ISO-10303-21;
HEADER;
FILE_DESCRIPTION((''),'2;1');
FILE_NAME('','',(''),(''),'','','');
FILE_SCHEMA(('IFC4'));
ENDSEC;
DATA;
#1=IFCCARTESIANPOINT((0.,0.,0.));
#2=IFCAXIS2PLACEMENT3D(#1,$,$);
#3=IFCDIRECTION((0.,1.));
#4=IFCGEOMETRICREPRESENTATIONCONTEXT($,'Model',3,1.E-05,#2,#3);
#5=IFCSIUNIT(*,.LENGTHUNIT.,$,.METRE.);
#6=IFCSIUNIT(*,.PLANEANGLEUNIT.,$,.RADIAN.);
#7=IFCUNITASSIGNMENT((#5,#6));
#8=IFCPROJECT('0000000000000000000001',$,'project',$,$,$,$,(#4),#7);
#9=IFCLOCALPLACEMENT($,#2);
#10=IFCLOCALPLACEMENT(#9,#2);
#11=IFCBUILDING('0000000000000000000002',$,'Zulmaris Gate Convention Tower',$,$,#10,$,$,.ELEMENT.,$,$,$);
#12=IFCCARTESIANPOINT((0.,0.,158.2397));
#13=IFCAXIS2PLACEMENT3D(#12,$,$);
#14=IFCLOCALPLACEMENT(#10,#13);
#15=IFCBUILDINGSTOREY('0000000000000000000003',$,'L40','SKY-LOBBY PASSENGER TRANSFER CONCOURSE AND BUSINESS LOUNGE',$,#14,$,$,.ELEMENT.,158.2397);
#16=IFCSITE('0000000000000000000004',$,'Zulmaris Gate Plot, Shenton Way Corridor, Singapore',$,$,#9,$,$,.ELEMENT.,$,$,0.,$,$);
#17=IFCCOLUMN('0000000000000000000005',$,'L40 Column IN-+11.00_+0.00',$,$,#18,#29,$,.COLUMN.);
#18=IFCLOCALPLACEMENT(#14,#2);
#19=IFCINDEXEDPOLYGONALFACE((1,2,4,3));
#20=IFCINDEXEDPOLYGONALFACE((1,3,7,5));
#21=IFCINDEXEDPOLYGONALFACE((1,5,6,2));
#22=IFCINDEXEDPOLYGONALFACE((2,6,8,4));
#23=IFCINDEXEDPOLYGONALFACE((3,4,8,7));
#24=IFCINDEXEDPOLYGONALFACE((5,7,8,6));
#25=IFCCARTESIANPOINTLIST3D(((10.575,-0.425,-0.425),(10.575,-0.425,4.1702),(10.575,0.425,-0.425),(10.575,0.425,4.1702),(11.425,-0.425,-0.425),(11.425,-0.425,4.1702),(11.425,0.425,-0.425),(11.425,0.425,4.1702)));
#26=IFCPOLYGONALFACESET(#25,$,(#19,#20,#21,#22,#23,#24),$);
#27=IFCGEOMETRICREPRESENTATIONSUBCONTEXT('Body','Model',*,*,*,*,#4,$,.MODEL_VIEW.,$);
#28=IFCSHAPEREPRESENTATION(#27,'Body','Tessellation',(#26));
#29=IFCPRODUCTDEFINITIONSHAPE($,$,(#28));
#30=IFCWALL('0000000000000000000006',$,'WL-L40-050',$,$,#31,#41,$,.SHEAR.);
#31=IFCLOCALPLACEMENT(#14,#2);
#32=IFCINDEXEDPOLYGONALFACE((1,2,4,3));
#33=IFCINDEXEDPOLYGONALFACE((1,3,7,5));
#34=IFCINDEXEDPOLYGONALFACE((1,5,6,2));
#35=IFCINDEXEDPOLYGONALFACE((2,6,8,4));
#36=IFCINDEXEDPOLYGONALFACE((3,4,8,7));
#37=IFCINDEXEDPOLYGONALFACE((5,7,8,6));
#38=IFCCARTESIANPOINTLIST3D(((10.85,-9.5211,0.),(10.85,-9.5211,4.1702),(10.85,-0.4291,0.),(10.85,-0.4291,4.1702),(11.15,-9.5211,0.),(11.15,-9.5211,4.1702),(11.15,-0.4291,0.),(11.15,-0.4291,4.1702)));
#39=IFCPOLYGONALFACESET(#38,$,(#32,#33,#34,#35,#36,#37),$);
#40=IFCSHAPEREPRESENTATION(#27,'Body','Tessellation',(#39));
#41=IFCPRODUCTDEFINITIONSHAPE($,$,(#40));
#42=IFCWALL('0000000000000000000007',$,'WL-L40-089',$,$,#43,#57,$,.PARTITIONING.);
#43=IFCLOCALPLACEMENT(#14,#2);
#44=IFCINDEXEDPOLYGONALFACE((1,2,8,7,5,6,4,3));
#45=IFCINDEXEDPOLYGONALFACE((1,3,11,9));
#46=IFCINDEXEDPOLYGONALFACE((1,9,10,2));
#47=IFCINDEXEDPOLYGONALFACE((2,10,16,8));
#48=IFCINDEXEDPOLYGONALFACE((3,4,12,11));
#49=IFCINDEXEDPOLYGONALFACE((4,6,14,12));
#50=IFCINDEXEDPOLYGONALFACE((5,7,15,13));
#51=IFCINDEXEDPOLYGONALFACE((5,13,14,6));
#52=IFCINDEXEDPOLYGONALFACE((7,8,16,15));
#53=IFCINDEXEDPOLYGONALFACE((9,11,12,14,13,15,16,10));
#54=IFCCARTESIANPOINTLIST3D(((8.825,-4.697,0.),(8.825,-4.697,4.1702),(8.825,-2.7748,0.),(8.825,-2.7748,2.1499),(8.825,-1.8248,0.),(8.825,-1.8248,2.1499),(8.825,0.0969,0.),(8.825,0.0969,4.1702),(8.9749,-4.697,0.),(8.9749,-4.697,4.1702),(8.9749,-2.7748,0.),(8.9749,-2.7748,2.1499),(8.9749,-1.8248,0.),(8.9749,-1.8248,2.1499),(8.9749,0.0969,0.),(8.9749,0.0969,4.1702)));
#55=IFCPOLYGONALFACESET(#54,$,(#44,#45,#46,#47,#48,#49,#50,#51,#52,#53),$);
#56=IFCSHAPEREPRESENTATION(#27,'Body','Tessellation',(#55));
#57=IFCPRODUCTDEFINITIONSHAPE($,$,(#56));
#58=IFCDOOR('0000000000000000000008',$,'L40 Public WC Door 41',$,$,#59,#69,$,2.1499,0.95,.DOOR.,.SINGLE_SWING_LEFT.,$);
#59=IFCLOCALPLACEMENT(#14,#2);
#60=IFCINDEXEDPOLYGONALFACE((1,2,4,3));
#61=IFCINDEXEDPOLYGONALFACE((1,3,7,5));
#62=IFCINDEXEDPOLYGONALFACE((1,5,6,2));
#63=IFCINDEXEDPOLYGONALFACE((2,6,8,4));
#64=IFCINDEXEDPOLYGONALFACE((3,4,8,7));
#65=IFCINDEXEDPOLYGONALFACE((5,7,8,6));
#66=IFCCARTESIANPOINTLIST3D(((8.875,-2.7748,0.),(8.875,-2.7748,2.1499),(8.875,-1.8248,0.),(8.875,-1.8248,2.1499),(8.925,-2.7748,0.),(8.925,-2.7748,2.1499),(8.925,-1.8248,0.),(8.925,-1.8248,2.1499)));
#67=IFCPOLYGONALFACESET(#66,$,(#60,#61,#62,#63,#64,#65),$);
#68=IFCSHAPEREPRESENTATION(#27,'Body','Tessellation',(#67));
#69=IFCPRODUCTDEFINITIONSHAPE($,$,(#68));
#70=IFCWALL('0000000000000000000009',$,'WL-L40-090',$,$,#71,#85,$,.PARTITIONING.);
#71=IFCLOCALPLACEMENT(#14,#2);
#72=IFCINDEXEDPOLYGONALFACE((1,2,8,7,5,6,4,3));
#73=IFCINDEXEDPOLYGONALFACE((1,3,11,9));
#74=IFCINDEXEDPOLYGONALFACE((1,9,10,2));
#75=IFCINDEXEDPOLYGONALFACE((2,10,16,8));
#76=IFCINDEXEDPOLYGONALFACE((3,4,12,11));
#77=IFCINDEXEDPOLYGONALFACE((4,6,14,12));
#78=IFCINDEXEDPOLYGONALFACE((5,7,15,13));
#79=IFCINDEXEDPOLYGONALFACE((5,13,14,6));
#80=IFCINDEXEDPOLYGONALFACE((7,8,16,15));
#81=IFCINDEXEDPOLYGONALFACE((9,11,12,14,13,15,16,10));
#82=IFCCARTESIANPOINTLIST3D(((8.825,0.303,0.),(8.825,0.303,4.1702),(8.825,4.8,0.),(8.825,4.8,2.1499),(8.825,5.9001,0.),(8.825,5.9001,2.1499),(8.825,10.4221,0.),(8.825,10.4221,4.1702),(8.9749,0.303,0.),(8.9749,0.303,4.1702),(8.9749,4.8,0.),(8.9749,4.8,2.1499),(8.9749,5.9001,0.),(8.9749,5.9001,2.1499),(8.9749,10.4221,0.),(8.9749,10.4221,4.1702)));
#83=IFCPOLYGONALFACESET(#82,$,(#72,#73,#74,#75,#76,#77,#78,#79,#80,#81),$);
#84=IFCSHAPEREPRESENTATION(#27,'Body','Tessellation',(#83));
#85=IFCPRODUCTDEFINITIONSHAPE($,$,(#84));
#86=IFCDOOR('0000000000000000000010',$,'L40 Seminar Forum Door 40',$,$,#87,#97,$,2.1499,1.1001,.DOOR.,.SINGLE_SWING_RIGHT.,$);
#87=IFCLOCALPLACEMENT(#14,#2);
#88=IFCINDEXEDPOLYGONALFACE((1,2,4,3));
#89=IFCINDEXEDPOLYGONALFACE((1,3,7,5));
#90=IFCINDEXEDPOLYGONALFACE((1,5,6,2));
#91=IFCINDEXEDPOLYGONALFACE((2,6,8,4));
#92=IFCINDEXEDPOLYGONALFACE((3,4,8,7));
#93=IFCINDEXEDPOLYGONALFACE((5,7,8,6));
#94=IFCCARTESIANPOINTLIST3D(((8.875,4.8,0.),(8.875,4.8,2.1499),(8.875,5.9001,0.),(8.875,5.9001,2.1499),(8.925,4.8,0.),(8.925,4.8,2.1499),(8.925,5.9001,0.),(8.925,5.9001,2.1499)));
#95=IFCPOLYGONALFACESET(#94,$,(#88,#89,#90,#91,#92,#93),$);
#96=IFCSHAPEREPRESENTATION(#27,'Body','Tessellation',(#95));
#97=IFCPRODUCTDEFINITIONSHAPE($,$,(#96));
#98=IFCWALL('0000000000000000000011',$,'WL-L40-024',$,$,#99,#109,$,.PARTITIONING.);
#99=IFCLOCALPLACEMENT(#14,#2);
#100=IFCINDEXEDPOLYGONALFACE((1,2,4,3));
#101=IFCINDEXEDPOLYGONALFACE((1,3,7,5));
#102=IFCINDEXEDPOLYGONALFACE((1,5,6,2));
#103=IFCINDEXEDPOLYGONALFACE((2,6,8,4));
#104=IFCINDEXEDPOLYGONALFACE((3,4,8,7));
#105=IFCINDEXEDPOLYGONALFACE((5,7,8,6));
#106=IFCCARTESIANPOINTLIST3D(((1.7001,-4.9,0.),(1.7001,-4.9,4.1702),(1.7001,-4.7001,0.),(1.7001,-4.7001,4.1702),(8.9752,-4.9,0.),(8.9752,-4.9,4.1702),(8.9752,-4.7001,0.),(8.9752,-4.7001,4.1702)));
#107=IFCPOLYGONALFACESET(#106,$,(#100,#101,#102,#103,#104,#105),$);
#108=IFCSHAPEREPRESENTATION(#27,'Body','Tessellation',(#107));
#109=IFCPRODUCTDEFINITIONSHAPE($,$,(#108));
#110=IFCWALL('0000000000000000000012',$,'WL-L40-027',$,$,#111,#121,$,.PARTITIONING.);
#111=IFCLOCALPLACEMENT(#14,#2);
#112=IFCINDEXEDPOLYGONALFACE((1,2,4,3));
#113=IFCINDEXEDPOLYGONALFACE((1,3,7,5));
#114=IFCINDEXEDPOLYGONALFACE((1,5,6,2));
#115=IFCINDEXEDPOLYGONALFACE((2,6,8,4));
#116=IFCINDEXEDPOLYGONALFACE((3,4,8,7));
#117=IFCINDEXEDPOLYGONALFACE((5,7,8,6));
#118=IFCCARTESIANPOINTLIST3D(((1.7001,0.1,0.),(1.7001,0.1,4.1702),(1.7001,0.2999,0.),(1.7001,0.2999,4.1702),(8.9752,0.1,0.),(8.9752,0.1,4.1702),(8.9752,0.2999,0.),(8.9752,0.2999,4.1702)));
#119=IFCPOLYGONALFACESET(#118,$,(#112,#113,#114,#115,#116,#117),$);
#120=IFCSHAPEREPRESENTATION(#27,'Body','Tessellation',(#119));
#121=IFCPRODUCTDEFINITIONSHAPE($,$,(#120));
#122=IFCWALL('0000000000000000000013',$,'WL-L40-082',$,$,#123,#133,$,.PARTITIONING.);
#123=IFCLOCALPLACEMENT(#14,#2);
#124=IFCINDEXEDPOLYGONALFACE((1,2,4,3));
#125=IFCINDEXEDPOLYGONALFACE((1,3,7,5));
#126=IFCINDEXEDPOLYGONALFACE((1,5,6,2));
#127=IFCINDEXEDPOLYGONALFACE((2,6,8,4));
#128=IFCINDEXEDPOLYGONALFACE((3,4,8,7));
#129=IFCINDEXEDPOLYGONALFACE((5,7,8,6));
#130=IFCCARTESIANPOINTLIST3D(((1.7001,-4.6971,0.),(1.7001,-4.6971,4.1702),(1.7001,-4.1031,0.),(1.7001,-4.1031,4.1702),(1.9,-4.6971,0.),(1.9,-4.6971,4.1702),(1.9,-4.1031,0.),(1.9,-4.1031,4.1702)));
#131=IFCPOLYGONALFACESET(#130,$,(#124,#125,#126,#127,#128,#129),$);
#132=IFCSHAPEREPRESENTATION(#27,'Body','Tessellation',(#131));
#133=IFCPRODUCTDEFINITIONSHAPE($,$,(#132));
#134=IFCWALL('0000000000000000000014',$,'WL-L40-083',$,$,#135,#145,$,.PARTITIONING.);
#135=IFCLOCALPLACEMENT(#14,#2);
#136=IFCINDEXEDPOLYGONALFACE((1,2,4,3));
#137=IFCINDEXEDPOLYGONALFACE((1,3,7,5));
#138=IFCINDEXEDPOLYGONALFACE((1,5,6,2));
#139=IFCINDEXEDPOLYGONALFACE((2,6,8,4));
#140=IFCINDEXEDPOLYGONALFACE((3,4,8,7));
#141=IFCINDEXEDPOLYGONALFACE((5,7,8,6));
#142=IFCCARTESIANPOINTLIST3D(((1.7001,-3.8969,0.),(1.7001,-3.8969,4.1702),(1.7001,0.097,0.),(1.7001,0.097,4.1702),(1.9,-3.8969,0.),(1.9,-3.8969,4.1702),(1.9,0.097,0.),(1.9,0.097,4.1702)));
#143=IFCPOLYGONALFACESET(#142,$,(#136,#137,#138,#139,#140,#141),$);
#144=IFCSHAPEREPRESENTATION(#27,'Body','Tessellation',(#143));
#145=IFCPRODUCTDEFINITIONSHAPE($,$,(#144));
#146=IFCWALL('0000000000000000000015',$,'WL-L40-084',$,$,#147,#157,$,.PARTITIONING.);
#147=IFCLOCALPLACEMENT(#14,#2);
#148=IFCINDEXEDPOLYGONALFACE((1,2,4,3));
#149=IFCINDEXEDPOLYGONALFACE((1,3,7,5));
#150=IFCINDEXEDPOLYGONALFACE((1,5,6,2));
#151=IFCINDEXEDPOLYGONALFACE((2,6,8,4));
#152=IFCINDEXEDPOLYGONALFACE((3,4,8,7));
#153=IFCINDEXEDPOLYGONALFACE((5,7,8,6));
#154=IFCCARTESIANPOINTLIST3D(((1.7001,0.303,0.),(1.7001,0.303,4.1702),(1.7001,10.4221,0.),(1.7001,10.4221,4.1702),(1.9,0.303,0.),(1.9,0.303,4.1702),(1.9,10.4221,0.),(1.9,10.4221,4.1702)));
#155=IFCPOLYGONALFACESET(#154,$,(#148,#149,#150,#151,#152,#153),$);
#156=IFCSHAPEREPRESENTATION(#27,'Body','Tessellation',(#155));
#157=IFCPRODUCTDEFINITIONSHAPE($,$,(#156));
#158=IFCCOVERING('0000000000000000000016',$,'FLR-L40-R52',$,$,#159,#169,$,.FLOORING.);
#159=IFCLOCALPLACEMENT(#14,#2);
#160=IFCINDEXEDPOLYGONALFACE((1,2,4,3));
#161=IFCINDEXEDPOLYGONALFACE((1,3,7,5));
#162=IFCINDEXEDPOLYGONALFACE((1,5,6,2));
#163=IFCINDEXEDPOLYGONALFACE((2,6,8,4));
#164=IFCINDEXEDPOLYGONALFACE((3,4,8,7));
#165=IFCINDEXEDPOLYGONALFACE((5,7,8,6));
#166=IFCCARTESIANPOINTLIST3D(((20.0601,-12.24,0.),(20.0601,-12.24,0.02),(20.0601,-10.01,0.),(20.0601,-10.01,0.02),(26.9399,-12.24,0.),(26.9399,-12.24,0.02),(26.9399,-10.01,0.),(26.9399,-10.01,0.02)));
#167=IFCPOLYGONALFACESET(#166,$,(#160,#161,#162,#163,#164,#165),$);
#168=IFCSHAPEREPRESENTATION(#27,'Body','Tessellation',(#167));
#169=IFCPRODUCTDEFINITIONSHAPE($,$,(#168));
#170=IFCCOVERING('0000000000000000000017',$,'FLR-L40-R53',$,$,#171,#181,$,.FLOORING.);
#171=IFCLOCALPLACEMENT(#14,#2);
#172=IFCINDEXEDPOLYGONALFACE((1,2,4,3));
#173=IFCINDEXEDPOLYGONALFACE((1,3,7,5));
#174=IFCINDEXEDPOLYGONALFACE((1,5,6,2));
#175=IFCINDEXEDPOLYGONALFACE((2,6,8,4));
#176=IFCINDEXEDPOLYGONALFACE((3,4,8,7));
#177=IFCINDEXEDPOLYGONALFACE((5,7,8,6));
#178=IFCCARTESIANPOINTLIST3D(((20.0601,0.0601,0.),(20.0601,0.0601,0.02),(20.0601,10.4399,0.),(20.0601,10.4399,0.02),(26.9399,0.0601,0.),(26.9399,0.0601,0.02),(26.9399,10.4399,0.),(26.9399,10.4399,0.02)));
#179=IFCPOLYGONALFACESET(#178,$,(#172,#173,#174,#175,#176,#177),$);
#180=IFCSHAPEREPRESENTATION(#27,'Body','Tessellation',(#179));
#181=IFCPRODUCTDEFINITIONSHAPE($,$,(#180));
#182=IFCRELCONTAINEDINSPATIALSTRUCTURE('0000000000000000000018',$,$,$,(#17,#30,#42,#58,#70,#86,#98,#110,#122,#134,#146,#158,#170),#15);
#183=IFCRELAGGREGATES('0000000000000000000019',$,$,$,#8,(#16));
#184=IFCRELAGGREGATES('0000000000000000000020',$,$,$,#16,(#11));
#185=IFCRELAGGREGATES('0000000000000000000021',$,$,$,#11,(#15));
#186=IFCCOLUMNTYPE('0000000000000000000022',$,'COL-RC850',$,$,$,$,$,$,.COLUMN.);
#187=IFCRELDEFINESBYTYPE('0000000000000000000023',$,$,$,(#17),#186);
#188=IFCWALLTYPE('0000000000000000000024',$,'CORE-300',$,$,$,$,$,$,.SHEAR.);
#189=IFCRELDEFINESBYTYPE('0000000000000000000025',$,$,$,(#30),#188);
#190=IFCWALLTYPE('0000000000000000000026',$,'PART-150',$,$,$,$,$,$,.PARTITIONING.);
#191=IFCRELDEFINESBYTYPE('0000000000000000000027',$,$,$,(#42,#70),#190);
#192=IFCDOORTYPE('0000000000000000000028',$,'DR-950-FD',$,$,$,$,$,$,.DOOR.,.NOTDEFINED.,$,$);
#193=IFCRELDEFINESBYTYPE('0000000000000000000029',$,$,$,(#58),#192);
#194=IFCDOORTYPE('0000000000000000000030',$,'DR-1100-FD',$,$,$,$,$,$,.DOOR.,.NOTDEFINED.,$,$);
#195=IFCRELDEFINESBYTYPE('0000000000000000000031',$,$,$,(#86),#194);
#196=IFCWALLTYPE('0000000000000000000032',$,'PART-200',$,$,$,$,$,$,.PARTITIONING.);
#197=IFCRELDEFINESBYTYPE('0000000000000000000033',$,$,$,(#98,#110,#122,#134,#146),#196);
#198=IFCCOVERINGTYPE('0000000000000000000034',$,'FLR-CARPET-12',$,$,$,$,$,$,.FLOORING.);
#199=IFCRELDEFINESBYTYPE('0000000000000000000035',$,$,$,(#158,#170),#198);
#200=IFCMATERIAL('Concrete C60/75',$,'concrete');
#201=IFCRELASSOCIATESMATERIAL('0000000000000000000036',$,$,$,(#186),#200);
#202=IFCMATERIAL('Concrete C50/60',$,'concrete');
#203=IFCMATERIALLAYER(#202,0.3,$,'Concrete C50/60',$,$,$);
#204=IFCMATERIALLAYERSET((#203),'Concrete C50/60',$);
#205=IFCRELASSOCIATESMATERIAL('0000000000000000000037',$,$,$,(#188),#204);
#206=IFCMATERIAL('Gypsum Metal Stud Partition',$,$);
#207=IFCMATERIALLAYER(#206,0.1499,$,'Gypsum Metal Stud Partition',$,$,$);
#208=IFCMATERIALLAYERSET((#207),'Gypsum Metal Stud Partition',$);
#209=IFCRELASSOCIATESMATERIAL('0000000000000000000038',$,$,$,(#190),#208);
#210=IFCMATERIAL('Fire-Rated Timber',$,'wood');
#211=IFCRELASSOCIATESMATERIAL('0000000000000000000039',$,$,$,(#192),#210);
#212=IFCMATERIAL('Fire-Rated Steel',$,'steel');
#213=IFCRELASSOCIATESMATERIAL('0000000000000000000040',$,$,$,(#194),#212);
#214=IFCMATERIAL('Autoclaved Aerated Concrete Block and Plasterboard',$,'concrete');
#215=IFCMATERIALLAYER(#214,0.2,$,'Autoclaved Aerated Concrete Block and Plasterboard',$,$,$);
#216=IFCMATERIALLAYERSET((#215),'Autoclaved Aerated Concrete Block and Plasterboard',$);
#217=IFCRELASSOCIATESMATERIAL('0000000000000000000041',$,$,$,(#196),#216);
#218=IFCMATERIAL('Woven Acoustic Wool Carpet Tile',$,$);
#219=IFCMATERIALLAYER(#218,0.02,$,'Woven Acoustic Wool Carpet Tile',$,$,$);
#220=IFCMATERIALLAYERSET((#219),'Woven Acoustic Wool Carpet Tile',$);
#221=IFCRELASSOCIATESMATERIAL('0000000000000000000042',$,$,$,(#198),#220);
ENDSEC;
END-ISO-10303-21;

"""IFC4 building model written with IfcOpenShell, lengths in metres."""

from ifc_helpers import new_model, si_unit, direction, frame, frame_2d, origin, origin_2d, place, context, subcontext, project, spatial, polyline, rectangle, outline, extrude, material, layer, layer_set, material_profile, profile_set, type_object, element, fill, save


model = new_model("IFC4")

# Units and contexts
model_context = context("Model", 3, precision=1e-05, world=origin(), true_north=direction((0.0, 1.0)))
body_context = subcontext(model_context, "Body", "Model", "MODEL_VIEW")
ifc_project = project(units=[si_unit("LENGTHUNIT", "METRE"), si_unit("PLANEANGLEUNIT", "RADIAN")], contexts=[model_context])

# Site, building, storey
site_placement = place(None, origin())
site = spatial("IfcSite", under=ifc_project, at=site_placement, Name="Zulmaris Gate Plot, Shenton Way Corridor, Singapore", CompositionType="ELEMENT", RefElevation=0.0)
building_placement = place(site_placement, origin())
building = spatial("IfcBuilding", under=site, at=building_placement, Name="Zulmaris Gate Convention Tower", CompositionType="ELEMENT")
storey_placement = place(building_placement, frame((0.0, 0.0, 158.2397)))
storey = spatial("IfcBuildingStorey", under=building, at=storey_placement, Name="L40", Description="SKY-LOBBY PASSENGER TRANSFER CONCOURSE AND BUSINESS LOUNGE", CompositionType="ELEMENT", Elevation=158.2397)

# Column
ifc_material_1 = material(Name="Concrete C60/75", Category="concrete")
ifc_material_profile = material_profile(ifc_material_1, rectangle(XDim=0.8501, YDim=0.8501, at=origin_2d()), Name="RC COL 850x850")
ifc_profile_set = profile_set([ifc_material_profile], Name="Concrete C60/75")
column_type = type_object("IfcColumnType", Name="COL-RC850", PredefinedType="COLUMN", material=ifc_profile_set)
column_placement = place(storey_placement, frame((11.0, 0.0, -0.425), z_axis=(0.0, 0.0, 1.0), x_axis=(1.0, 0.0, 0.0)))
element("IfcColumn", 1, at=column_placement, inside=storey, type_object=column_type, Name="L40 Column IN-+11.00_+0.00", PredefinedType="COLUMN", context=body_context, shape_type="SweptSolid", body=[
    extrude(rectangle(XDim=0.8501, YDim=0.8501, at=origin_2d()), origin(), (0.0, 0.0, 1.0), 4.5952),
])

# Wall
ifc_material_2 = material(Name="Concrete C50/60", Category="concrete")
ifc_layer_1 = layer(ifc_material_2, 0.3, Name="Concrete C50/60")
ifc_layer_set_1 = layer_set([ifc_layer_1], Name="Concrete C50/60")
wall_type_1 = type_object("IfcWallType", Name="CORE-300", PredefinedType="SHEAR", material=ifc_layer_set_1)
wall_1_placement = place(storey_placement, frame((11.0, -9.521, 0.0), z_axis=(0.0, 0.0, 1.0), x_axis=(0.0, 1.0, 0.0)))
element("IfcWall", 2, at=wall_1_placement, inside=storey, type_object=wall_type_1, Name="WL-L40-050", PredefinedType="SHEAR", context=body_context, shape_type="SweptSolid", body=[
    extrude(rectangle(XDim=9.092, YDim=0.3, at=frame_2d((4.5459, 0.0))), origin(), (0.0, 0.0, 1.0), 4.1702),
])

# Walls, openings, doors
ifc_material_3 = material(Name="Gypsum Metal Stud Partition")
ifc_layer_2 = layer(ifc_material_3, 0.1499, Name="Gypsum Metal Stud Partition")
ifc_layer_set_2 = layer_set([ifc_layer_2], Name="Gypsum Metal Stud Partition")
wall_type_2 = type_object("IfcWallType", Name="PART-150", PredefinedType="PARTITIONING", material=ifc_layer_set_2)
wall_2_placement = place(storey_placement, frame((8.8999, -4.697, 0.0), z_axis=(0.0, 0.0, 1.0), x_axis=(0.0, 1.0, 0.0)))
wall_2 = element("IfcWall", 3, at=wall_2_placement, inside=storey, type_object=wall_type_2, Name="WL-L40-089", PredefinedType="PARTITIONING", context=body_context, shape_type="SweptSolid", body=[
    extrude(rectangle(XDim=4.7939, YDim=0.1499, at=frame_2d((2.397, 0.0))), origin(), (0.0, 0.0, 1.0), 4.1702),
])
opening_1_placement = place(wall_2_placement, frame((1.9221, 0.0, 0.0)))
opening_1 = element("IfcOpeningElement", 4, at=opening_1_placement, cuts=wall_2, PredefinedType="OPENING", context=body_context, shape_type="SweptSolid", body=[
    extrude(rectangle(XDim=0.95, YDim=2.1499, at=frame_2d((0.4751, 1.075))), frame((0.0, 0.085, 0.0), z_axis=(0.0, -1.0, 0.0), x_axis=(1.0, 0.0, 0.0)), (0.0, 0.0, 1.0), 0.1699),
])
ifc_material_4 = material(Name="Fire-Rated Timber", Category="wood")
door_type_1 = type_object("IfcDoorType", Name="DR-950-FD", OperationType="NOTDEFINED", PredefinedType="DOOR", material=ifc_material_4)
door_1_placement = place(opening_1_placement, origin())
door_1 = element("IfcDoor", 5, at=door_1_placement, inside=storey, type_object=door_type_1, Name="L40 Public WC Door 41", OperationType="SINGLE_SWING_LEFT", OverallHeight=2.1499, OverallWidth=0.95, PredefinedType="DOOR", context=body_context, shape_type="SweptSolid", body=[
    extrude(rectangle(XDim=0.95, YDim=2.1499, at=frame_2d((0.4751, 1.075))), frame((0.0, 0.0249, 0.0), z_axis=(0.0, -1.0, 0.0), x_axis=(1.0, 0.0, 0.0)), (0.0, 0.0, 1.0), 0.05),
])
fill(opening_1, door_1)
wall_3_placement = place(storey_placement, frame((8.8999, 0.303, 0.0), z_axis=(0.0, 0.0, 1.0), x_axis=(0.0, 1.0, 0.0)))
wall_3 = element("IfcWall", 6, at=wall_3_placement, inside=storey, type_object=wall_type_2, Name="WL-L40-090", PredefinedType="PARTITIONING", context=body_context, shape_type="SweptSolid", body=[
    extrude(rectangle(XDim=10.1191, YDim=0.1499, at=frame_2d((5.0596, 0.0))), origin(), (0.0, 0.0, 1.0), 4.1702),
])
opening_2_placement = place(wall_3_placement, frame((4.4971, 0.0, 0.0)))
opening_2 = element("IfcOpeningElement", 7, at=opening_2_placement, cuts=wall_3, PredefinedType="OPENING", context=body_context, shape_type="SweptSolid", body=[
    extrude(rectangle(XDim=1.1001, YDim=2.1499, at=frame_2d((0.55, 1.075))), frame((0.0, 0.085, 0.0), z_axis=(0.0, -1.0, 0.0), x_axis=(1.0, 0.0, 0.0)), (0.0, 0.0, 1.0), 0.1699),
])
ifc_material_5 = material(Name="Fire-Rated Steel", Category="steel")
door_type_2 = type_object("IfcDoorType", Name="DR-1100-FD", OperationType="NOTDEFINED", PredefinedType="DOOR", material=ifc_material_5)
door_2_placement = place(opening_2_placement, origin())
door_2 = element("IfcDoor", 8, at=door_2_placement, inside=storey, type_object=door_type_2, Name="L40 Seminar Forum Door 40", OperationType="SINGLE_SWING_RIGHT", OverallHeight=2.1499, OverallWidth=1.1001, PredefinedType="DOOR", context=body_context, shape_type="SweptSolid", body=[
    extrude(rectangle(XDim=1.1001, YDim=2.1499, at=frame_2d((0.55, 1.075))), frame((0.0, 0.0249, 0.0), z_axis=(0.0, -1.0, 0.0), x_axis=(1.0, 0.0, 0.0)), (0.0, 0.0, 1.0), 0.05),
])
fill(opening_2, door_2)

# Walls
ifc_material_6 = material(Name="Autoclaved Aerated Concrete Block and Plasterboard", Category="concrete")
ifc_layer_3 = layer(ifc_material_6, 0.2, Name="Autoclaved Aerated Concrete Block and Plasterboard")
ifc_layer_set_3 = layer_set([ifc_layer_3], Name="Autoclaved Aerated Concrete Block and Plasterboard")
wall_type_3 = type_object("IfcWallType", Name="PART-200", PredefinedType="PARTITIONING", material=ifc_layer_set_3)
for number, where, z_axis, x_axis, name in (
    (9, (1.7, -4.8, 0.0), (0.0, 0.0, 1.0), (1.0, 0.0, 0.0), "WL-L40-024"),
    (10, (1.7, 0.2, 0.0), (0.0, 0.0, 1.0), (1.0, 0.0, 0.0), "WL-L40-027"),
):
    element("IfcWall", number, at=place(storey_placement, frame(where, z_axis=z_axis, x_axis=x_axis)), inside=storey, type_object=wall_type_3, Name=name, PredefinedType="PARTITIONING", context=body_context, shape_type="SweptSolid", body=[
        extrude(rectangle(XDim=7.2751, YDim=0.2, at=frame_2d((3.6377, 0.0))), origin(), (0.0, 0.0, 1.0), 4.1702),
    ])
wall_4_placement = place(storey_placement, frame((1.8, -4.697, 0.0), z_axis=(0.0, 0.0, 1.0), x_axis=(0.0, 1.0, 0.0)))
element("IfcWall", 11, at=wall_4_placement, inside=storey, type_object=wall_type_3, Name="WL-L40-082", PredefinedType="PARTITIONING", context=body_context, shape_type="SweptSolid", body=[
    extrude(rectangle(XDim=0.594, YDim=0.2, at=frame_2d((0.2969, 0.0))), origin(), (0.0, 0.0, 1.0), 4.1702),
])
wall_5_placement = place(storey_placement, frame((1.8, -3.897, 0.0), z_axis=(0.0, 0.0, 1.0), x_axis=(0.0, 1.0, 0.0)))
element("IfcWall", 12, at=wall_5_placement, inside=storey, type_object=wall_type_3, Name="WL-L40-083", PredefinedType="PARTITIONING", context=body_context, shape_type="SweptSolid", body=[
    extrude(rectangle(XDim=3.9939, YDim=0.2, at=frame_2d((1.9971, 0.0))), origin(), (0.0, 0.0, 1.0), 4.1702),
])
wall_6_placement = place(storey_placement, frame((1.8, 0.303, 0.0), z_axis=(0.0, 0.0, 1.0), x_axis=(0.0, 1.0, 0.0)))
element("IfcWall", 13, at=wall_6_placement, inside=storey, type_object=wall_type_3, Name="WL-L40-084", PredefinedType="PARTITIONING", context=body_context, shape_type="SweptSolid", body=[
    extrude(rectangle(XDim=10.1191, YDim=0.2, at=frame_2d((5.0596, 0.0))), origin(), (0.0, 0.0, 1.0), 4.1702),
])

# Coverings
ifc_material_7 = material(Name="Woven Acoustic Wool Carpet Tile")
ifc_layer_4 = layer(ifc_material_7, 0.02, Name="Woven Acoustic Wool Carpet Tile")
ifc_layer_set_4 = layer_set([ifc_layer_4], Name="Woven Acoustic Wool Carpet Tile")
covering_type_1 = type_object("IfcCoveringType", Name="FLR-CARPET-12", PredefinedType="FLOORING", material=ifc_layer_set_4)
covering_1_placement = place(storey_placement, origin())
element("IfcCovering", 14, at=covering_1_placement, inside=storey, type_object=covering_type_1, Name="FLR-L40-R52", PredefinedType="FLOORING", context=body_context, shape_type="SweptSolid", body=[
    extrude(outline(polyline([(20.0601, -12.24), (26.9399, -12.24), (26.9399, -10.01), (20.0601, -10.01), (20.0601, -12.24)])), origin(), (0.0, 0.0, 1.0), 0.02),
])
covering_2_placement = place(storey_placement, origin())
element("IfcCovering", 15, at=covering_2_placement, inside=storey, type_object=covering_type_1, Name="FLR-L40-R53", PredefinedType="FLOORING", context=body_context, shape_type="SweptSolid", body=[
    extrude(outline(polyline([(20.0601, 0.0601), (26.9399, 0.0601), (26.9399, 10.4399), (20.0601, 10.4399), (20.0601, 0.0601)])), origin(), (0.0, 0.0, 1.0), 0.02),
])

save(model, "model.ifc")
